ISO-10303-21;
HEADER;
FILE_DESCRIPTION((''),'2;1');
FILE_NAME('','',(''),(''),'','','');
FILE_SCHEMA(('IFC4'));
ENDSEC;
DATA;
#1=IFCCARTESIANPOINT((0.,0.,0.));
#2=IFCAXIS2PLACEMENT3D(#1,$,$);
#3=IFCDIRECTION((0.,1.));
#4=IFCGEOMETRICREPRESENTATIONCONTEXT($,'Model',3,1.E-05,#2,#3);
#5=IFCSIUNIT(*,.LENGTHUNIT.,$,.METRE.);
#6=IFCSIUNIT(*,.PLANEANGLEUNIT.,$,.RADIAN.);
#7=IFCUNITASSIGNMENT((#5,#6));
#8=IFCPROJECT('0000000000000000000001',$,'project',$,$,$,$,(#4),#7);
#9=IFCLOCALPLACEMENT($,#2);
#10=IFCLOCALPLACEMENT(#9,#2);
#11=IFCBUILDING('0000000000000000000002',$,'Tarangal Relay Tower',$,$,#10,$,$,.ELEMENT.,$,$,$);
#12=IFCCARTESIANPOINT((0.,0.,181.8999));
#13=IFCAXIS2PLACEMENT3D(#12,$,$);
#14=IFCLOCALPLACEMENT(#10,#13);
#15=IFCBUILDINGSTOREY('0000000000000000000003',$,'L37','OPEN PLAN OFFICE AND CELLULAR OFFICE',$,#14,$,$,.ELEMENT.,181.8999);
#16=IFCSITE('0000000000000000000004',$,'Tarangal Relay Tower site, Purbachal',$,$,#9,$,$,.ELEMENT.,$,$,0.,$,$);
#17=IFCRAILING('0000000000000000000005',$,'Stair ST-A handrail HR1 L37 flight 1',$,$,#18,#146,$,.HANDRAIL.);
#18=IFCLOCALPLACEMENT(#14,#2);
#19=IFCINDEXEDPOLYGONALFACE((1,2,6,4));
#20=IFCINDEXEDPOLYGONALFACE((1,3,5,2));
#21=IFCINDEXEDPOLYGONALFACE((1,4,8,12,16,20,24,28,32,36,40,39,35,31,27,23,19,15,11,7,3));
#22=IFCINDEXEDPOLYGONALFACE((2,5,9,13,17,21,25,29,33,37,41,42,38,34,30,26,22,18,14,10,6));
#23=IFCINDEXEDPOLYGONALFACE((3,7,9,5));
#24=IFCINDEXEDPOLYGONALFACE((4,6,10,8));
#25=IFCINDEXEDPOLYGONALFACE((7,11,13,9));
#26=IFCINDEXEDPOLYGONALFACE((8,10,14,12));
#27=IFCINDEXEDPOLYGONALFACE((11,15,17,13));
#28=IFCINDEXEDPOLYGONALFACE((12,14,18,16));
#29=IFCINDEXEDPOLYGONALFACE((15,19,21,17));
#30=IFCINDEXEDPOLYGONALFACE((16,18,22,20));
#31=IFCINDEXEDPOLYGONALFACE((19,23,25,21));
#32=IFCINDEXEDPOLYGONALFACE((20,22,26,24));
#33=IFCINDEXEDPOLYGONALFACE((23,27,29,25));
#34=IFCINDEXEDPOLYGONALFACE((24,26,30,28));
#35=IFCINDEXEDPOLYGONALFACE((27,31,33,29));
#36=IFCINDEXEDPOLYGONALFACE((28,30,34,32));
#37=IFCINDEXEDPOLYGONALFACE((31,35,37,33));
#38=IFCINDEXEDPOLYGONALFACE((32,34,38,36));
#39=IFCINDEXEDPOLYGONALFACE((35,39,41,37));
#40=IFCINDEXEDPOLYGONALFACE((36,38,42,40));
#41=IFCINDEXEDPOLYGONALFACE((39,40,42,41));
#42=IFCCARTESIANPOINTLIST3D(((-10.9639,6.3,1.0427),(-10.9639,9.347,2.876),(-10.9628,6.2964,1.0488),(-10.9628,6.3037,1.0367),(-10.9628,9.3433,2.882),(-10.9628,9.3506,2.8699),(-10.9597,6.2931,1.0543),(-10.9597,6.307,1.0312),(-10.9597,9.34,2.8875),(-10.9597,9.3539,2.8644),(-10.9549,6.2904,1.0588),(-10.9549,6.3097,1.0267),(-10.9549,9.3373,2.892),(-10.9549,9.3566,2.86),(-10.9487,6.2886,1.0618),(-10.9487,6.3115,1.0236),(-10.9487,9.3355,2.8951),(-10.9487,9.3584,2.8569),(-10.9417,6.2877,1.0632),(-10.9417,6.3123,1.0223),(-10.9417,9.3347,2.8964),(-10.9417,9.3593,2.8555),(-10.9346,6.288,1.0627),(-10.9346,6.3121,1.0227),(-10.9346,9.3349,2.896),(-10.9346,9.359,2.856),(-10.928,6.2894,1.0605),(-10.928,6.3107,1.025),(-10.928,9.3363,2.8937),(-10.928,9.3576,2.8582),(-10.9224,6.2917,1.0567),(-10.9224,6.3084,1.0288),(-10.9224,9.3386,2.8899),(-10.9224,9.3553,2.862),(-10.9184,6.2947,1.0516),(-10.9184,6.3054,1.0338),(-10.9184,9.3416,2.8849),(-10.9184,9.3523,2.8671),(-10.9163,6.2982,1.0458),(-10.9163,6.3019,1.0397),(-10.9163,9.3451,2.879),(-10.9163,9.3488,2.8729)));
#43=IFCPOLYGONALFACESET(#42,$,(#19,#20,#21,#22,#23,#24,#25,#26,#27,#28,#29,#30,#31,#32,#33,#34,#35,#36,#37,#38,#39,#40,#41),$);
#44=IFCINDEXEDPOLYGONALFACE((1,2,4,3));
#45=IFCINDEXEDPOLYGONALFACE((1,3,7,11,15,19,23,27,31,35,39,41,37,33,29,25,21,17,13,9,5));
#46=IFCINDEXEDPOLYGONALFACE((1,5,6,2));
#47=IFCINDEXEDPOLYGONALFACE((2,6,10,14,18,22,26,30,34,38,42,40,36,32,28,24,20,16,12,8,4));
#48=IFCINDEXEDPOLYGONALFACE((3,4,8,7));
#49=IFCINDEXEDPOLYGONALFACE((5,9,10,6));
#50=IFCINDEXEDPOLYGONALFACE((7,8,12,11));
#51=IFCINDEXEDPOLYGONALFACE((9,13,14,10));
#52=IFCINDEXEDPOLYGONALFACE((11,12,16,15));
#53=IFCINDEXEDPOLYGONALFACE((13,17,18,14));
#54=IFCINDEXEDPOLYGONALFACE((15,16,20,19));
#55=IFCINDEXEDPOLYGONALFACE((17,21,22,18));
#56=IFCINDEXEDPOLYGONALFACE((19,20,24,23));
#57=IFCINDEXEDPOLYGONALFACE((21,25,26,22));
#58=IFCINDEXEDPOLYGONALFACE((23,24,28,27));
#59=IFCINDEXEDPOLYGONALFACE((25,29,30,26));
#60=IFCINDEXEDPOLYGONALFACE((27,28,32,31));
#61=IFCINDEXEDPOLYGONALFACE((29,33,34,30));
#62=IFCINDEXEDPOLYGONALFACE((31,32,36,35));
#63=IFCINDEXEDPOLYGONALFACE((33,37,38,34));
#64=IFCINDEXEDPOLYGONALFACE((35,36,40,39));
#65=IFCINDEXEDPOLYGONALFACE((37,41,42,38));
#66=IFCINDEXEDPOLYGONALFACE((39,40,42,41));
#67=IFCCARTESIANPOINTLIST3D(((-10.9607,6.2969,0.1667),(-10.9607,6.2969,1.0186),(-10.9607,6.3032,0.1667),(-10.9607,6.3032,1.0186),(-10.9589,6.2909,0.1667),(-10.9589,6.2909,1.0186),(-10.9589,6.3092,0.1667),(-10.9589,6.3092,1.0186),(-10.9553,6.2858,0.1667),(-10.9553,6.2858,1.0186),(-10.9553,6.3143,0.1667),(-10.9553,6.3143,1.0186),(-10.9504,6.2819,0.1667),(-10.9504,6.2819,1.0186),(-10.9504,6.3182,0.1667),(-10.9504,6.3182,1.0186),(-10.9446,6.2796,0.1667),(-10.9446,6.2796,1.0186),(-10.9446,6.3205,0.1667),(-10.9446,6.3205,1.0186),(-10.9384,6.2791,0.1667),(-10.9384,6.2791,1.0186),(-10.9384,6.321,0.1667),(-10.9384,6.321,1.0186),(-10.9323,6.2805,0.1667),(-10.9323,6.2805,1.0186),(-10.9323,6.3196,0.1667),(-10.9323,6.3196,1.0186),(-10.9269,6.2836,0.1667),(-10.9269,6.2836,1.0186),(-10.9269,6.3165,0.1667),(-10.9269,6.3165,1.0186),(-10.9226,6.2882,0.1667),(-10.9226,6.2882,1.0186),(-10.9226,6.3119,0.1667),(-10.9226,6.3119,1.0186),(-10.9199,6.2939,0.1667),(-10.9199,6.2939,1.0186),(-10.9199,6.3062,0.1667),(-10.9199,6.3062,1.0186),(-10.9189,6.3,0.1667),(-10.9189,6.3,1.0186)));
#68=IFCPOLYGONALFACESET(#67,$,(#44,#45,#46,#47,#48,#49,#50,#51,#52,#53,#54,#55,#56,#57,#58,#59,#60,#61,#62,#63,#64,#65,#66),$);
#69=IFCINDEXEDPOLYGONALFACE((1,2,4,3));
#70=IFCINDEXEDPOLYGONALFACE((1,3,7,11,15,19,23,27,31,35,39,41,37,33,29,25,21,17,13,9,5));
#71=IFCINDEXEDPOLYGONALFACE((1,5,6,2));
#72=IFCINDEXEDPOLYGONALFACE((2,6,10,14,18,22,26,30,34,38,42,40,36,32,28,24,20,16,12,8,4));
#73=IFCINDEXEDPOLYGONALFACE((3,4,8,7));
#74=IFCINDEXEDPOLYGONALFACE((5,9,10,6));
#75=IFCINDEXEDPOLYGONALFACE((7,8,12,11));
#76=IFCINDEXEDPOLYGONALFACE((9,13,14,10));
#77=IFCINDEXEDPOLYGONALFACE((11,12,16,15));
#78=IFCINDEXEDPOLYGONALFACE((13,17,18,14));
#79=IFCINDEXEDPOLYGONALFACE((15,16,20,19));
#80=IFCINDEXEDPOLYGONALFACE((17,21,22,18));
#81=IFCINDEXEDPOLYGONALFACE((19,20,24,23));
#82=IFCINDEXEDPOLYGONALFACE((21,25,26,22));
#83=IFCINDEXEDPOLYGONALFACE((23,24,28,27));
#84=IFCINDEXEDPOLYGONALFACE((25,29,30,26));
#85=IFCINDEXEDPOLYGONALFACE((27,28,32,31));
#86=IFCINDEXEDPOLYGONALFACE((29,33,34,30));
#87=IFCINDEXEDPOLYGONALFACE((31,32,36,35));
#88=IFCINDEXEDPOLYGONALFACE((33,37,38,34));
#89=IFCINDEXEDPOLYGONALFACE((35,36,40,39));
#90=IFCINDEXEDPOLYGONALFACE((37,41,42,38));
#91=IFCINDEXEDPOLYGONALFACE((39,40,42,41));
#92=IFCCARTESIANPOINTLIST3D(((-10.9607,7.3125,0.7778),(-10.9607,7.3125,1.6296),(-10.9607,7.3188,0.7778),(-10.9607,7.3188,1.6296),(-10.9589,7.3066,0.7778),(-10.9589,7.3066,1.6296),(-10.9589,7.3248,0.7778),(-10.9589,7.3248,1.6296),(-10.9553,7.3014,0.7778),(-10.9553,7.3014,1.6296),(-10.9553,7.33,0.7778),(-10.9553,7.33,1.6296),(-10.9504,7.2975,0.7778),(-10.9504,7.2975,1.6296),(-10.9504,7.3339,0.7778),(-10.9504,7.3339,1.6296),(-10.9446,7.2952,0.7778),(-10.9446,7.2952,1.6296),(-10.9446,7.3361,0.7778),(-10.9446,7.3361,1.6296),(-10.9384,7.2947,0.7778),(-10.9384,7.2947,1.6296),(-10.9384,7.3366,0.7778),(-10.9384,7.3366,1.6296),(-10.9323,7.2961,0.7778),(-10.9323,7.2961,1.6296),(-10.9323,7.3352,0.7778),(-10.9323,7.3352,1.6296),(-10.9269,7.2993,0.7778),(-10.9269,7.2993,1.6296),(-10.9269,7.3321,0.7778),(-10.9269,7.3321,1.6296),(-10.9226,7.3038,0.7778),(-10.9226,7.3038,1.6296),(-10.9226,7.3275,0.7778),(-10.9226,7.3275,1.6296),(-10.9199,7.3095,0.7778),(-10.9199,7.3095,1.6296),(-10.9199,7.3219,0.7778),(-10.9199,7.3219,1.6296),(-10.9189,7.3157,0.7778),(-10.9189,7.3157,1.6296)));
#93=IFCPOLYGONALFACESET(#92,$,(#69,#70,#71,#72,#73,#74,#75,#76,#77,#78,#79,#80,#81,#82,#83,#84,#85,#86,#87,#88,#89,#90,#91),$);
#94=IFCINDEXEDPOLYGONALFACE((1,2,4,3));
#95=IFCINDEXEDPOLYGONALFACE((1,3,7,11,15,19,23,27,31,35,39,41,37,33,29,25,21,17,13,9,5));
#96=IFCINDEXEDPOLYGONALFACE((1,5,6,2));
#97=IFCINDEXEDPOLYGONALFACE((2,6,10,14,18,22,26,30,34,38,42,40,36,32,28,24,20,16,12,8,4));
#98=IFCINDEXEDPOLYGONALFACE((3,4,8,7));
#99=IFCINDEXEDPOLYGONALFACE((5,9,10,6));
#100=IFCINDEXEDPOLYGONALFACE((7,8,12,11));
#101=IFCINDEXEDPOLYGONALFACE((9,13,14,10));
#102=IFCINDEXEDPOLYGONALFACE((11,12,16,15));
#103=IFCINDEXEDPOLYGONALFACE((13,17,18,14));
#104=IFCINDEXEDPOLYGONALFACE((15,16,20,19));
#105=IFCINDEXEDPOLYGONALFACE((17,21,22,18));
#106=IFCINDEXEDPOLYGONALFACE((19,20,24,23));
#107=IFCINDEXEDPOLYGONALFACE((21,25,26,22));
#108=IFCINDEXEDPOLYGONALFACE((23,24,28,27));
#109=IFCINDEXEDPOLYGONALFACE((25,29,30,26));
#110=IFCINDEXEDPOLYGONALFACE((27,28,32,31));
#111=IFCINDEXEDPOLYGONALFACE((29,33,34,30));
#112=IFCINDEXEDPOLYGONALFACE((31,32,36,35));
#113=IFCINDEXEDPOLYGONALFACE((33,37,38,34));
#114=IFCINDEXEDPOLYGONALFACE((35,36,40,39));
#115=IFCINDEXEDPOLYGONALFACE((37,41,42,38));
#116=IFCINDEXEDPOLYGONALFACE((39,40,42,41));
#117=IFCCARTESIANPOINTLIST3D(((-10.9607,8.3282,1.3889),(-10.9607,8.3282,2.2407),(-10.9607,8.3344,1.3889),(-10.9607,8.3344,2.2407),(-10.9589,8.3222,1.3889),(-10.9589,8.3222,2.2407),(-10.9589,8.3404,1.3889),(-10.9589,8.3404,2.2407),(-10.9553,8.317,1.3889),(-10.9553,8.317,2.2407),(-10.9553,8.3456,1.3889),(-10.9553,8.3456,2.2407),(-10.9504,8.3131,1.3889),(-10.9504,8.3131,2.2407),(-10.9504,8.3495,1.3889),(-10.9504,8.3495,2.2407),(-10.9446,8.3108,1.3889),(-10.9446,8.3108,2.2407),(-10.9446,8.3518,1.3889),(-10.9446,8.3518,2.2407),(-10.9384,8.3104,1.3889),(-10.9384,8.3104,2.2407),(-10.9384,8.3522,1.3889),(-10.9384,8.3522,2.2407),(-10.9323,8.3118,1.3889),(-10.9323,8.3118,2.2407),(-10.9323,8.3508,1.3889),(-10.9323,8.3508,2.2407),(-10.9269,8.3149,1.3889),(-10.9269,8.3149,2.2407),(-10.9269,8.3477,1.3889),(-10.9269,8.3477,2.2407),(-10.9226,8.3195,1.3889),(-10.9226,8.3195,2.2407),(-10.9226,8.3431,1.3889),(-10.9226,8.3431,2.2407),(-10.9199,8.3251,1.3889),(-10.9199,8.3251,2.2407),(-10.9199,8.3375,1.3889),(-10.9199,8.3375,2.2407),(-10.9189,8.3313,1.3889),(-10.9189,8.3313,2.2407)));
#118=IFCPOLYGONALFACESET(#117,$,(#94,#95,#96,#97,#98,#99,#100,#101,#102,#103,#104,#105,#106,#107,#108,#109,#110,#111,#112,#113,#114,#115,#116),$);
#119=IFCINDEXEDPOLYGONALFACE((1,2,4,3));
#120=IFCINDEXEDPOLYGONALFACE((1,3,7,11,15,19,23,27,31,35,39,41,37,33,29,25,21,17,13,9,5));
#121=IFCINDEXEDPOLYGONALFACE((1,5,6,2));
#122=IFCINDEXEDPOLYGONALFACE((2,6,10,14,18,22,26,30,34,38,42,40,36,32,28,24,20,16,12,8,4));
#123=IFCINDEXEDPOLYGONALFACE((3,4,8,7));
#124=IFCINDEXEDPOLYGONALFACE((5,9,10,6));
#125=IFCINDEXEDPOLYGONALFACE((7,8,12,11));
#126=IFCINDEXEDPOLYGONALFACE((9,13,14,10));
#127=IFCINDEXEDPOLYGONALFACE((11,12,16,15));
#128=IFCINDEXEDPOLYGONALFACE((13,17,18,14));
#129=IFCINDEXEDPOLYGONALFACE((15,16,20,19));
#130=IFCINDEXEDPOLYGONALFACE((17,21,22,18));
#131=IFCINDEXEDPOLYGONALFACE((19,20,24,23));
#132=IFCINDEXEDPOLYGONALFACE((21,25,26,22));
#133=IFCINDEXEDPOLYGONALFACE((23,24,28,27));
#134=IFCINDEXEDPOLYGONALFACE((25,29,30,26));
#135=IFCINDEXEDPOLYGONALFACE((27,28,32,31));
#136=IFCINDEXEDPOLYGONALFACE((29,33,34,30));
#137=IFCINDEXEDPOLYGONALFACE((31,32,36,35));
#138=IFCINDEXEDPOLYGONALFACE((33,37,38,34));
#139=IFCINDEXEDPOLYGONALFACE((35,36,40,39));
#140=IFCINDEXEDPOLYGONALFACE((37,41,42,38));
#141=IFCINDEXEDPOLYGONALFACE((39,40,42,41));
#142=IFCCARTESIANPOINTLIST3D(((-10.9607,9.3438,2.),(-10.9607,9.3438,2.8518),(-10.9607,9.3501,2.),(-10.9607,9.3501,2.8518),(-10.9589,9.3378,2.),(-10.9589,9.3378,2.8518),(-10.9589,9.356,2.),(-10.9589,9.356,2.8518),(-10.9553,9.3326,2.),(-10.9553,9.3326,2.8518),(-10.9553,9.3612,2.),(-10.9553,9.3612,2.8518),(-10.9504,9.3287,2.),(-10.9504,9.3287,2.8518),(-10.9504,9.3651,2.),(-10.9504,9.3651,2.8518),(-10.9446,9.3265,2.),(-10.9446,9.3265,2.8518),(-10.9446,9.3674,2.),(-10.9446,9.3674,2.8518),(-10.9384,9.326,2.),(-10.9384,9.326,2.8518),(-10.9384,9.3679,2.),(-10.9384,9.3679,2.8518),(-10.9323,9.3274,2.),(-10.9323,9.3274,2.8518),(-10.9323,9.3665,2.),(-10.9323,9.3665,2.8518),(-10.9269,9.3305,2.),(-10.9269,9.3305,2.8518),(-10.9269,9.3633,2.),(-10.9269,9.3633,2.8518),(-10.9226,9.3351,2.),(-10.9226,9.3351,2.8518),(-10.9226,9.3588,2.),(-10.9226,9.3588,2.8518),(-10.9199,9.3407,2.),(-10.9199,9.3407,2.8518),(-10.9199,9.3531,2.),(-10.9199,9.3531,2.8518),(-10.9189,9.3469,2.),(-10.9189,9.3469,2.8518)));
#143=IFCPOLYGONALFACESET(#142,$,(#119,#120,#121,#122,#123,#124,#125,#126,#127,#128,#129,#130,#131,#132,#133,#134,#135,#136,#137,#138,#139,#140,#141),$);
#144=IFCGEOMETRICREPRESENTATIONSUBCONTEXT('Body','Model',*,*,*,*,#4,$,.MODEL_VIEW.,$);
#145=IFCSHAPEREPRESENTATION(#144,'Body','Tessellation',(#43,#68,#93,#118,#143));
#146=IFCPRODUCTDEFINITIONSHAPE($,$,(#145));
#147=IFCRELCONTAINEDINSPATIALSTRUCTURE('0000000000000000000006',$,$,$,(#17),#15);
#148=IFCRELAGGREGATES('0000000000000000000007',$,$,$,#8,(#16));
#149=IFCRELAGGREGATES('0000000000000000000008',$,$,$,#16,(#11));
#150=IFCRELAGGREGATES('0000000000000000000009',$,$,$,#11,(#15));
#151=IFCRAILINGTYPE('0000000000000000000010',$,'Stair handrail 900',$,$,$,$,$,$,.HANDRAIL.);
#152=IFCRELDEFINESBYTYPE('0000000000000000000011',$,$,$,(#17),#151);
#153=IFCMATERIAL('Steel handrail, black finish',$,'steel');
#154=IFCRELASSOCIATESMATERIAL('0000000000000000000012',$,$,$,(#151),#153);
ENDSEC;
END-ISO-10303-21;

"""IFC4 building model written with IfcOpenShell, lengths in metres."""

from ifc_helpers import new_model, si_unit, direction, frame, origin, origin_2d, place, context, subcontext, project, spatial, circle, extrude, material, type_object, element, save


model = new_model("IFC4")

# Units and contexts
model_context = context("Model", 3, precision=1e-05, world=origin(), true_north=direction((0.0, 1.0)))
body_context = subcontext(model_context, "Body", "Model", "MODEL_VIEW")
ifc_project = project(units=[si_unit("LENGTHUNIT", "METRE"), si_unit("PLANEANGLEUNIT", "RADIAN")], contexts=[model_context])

# Site, building, storey
site_placement = place(None, origin())
site = spatial("IfcSite", under=ifc_project, at=site_placement, Name="Tarangal Relay Tower site, Purbachal", CompositionType="ELEMENT", RefElevation=0.0)
building_placement = place(site_placement, origin())
building = spatial("IfcBuilding", under=site, at=building_placement, Name="Tarangal Relay Tower", CompositionType="ELEMENT")
storey_placement = place(building_placement, frame((0.0, 0.0, 181.8999)))
storey = spatial("IfcBuildingStorey", under=building, at=storey_placement, Name="L37", Description="OPEN PLAN OFFICE AND CELLULAR OFFICE", CompositionType="ELEMENT", Elevation=181.8999)

# Railing
ifc_material_1 = material(Name="Steel handrail, black finish", Category="steel")
railing_type_1 = type_object("IfcRailingType", Name="Stair handrail 900", PredefinedType="HANDRAIL", material=ifc_material_1)
railing_1_placement = place(storey_placement, frame((-10.9399, 6.3, 0.1667)))
element("IfcRailing", 1, at=railing_1_placement, inside=storey, type_object=railing_type_1, Name="Stair ST-A handrail HR1 L37 flight 1", PredefinedType="HANDRAIL", context=body_context, shape_type="SweptSolid", body=[
    extrude(circle(Radius=0.0239, at=origin_2d()), frame((0.0, 0.0, 0.876), z_axis=(0.0, 0.856856, 0.515556), x_axis=(-1.0, 0.0, 0.0)), (0.0, 0.0, 1.0), 3.5559),
    extrude(circle(Radius=0.021, at=origin_2d()), origin(), (0.0, 0.0, 1.0), 0.8518),
    extrude(circle(Radius=0.021, at=origin_2d()), frame((0.0, 1.0156, 0.6111)), (0.0, 0.0, 1.0), 0.8518),
    extrude(circle(Radius=0.021, at=origin_2d()), frame((0.0, 2.0312, 1.2222)), (0.0, 0.0, 1.0), 0.8518),
    extrude(circle(Radius=0.021, at=origin_2d()), frame((0.0, 3.0469, 1.8333)), (0.0, 0.0, 1.0), 0.8518),
])

save(model, "model.ifc")
